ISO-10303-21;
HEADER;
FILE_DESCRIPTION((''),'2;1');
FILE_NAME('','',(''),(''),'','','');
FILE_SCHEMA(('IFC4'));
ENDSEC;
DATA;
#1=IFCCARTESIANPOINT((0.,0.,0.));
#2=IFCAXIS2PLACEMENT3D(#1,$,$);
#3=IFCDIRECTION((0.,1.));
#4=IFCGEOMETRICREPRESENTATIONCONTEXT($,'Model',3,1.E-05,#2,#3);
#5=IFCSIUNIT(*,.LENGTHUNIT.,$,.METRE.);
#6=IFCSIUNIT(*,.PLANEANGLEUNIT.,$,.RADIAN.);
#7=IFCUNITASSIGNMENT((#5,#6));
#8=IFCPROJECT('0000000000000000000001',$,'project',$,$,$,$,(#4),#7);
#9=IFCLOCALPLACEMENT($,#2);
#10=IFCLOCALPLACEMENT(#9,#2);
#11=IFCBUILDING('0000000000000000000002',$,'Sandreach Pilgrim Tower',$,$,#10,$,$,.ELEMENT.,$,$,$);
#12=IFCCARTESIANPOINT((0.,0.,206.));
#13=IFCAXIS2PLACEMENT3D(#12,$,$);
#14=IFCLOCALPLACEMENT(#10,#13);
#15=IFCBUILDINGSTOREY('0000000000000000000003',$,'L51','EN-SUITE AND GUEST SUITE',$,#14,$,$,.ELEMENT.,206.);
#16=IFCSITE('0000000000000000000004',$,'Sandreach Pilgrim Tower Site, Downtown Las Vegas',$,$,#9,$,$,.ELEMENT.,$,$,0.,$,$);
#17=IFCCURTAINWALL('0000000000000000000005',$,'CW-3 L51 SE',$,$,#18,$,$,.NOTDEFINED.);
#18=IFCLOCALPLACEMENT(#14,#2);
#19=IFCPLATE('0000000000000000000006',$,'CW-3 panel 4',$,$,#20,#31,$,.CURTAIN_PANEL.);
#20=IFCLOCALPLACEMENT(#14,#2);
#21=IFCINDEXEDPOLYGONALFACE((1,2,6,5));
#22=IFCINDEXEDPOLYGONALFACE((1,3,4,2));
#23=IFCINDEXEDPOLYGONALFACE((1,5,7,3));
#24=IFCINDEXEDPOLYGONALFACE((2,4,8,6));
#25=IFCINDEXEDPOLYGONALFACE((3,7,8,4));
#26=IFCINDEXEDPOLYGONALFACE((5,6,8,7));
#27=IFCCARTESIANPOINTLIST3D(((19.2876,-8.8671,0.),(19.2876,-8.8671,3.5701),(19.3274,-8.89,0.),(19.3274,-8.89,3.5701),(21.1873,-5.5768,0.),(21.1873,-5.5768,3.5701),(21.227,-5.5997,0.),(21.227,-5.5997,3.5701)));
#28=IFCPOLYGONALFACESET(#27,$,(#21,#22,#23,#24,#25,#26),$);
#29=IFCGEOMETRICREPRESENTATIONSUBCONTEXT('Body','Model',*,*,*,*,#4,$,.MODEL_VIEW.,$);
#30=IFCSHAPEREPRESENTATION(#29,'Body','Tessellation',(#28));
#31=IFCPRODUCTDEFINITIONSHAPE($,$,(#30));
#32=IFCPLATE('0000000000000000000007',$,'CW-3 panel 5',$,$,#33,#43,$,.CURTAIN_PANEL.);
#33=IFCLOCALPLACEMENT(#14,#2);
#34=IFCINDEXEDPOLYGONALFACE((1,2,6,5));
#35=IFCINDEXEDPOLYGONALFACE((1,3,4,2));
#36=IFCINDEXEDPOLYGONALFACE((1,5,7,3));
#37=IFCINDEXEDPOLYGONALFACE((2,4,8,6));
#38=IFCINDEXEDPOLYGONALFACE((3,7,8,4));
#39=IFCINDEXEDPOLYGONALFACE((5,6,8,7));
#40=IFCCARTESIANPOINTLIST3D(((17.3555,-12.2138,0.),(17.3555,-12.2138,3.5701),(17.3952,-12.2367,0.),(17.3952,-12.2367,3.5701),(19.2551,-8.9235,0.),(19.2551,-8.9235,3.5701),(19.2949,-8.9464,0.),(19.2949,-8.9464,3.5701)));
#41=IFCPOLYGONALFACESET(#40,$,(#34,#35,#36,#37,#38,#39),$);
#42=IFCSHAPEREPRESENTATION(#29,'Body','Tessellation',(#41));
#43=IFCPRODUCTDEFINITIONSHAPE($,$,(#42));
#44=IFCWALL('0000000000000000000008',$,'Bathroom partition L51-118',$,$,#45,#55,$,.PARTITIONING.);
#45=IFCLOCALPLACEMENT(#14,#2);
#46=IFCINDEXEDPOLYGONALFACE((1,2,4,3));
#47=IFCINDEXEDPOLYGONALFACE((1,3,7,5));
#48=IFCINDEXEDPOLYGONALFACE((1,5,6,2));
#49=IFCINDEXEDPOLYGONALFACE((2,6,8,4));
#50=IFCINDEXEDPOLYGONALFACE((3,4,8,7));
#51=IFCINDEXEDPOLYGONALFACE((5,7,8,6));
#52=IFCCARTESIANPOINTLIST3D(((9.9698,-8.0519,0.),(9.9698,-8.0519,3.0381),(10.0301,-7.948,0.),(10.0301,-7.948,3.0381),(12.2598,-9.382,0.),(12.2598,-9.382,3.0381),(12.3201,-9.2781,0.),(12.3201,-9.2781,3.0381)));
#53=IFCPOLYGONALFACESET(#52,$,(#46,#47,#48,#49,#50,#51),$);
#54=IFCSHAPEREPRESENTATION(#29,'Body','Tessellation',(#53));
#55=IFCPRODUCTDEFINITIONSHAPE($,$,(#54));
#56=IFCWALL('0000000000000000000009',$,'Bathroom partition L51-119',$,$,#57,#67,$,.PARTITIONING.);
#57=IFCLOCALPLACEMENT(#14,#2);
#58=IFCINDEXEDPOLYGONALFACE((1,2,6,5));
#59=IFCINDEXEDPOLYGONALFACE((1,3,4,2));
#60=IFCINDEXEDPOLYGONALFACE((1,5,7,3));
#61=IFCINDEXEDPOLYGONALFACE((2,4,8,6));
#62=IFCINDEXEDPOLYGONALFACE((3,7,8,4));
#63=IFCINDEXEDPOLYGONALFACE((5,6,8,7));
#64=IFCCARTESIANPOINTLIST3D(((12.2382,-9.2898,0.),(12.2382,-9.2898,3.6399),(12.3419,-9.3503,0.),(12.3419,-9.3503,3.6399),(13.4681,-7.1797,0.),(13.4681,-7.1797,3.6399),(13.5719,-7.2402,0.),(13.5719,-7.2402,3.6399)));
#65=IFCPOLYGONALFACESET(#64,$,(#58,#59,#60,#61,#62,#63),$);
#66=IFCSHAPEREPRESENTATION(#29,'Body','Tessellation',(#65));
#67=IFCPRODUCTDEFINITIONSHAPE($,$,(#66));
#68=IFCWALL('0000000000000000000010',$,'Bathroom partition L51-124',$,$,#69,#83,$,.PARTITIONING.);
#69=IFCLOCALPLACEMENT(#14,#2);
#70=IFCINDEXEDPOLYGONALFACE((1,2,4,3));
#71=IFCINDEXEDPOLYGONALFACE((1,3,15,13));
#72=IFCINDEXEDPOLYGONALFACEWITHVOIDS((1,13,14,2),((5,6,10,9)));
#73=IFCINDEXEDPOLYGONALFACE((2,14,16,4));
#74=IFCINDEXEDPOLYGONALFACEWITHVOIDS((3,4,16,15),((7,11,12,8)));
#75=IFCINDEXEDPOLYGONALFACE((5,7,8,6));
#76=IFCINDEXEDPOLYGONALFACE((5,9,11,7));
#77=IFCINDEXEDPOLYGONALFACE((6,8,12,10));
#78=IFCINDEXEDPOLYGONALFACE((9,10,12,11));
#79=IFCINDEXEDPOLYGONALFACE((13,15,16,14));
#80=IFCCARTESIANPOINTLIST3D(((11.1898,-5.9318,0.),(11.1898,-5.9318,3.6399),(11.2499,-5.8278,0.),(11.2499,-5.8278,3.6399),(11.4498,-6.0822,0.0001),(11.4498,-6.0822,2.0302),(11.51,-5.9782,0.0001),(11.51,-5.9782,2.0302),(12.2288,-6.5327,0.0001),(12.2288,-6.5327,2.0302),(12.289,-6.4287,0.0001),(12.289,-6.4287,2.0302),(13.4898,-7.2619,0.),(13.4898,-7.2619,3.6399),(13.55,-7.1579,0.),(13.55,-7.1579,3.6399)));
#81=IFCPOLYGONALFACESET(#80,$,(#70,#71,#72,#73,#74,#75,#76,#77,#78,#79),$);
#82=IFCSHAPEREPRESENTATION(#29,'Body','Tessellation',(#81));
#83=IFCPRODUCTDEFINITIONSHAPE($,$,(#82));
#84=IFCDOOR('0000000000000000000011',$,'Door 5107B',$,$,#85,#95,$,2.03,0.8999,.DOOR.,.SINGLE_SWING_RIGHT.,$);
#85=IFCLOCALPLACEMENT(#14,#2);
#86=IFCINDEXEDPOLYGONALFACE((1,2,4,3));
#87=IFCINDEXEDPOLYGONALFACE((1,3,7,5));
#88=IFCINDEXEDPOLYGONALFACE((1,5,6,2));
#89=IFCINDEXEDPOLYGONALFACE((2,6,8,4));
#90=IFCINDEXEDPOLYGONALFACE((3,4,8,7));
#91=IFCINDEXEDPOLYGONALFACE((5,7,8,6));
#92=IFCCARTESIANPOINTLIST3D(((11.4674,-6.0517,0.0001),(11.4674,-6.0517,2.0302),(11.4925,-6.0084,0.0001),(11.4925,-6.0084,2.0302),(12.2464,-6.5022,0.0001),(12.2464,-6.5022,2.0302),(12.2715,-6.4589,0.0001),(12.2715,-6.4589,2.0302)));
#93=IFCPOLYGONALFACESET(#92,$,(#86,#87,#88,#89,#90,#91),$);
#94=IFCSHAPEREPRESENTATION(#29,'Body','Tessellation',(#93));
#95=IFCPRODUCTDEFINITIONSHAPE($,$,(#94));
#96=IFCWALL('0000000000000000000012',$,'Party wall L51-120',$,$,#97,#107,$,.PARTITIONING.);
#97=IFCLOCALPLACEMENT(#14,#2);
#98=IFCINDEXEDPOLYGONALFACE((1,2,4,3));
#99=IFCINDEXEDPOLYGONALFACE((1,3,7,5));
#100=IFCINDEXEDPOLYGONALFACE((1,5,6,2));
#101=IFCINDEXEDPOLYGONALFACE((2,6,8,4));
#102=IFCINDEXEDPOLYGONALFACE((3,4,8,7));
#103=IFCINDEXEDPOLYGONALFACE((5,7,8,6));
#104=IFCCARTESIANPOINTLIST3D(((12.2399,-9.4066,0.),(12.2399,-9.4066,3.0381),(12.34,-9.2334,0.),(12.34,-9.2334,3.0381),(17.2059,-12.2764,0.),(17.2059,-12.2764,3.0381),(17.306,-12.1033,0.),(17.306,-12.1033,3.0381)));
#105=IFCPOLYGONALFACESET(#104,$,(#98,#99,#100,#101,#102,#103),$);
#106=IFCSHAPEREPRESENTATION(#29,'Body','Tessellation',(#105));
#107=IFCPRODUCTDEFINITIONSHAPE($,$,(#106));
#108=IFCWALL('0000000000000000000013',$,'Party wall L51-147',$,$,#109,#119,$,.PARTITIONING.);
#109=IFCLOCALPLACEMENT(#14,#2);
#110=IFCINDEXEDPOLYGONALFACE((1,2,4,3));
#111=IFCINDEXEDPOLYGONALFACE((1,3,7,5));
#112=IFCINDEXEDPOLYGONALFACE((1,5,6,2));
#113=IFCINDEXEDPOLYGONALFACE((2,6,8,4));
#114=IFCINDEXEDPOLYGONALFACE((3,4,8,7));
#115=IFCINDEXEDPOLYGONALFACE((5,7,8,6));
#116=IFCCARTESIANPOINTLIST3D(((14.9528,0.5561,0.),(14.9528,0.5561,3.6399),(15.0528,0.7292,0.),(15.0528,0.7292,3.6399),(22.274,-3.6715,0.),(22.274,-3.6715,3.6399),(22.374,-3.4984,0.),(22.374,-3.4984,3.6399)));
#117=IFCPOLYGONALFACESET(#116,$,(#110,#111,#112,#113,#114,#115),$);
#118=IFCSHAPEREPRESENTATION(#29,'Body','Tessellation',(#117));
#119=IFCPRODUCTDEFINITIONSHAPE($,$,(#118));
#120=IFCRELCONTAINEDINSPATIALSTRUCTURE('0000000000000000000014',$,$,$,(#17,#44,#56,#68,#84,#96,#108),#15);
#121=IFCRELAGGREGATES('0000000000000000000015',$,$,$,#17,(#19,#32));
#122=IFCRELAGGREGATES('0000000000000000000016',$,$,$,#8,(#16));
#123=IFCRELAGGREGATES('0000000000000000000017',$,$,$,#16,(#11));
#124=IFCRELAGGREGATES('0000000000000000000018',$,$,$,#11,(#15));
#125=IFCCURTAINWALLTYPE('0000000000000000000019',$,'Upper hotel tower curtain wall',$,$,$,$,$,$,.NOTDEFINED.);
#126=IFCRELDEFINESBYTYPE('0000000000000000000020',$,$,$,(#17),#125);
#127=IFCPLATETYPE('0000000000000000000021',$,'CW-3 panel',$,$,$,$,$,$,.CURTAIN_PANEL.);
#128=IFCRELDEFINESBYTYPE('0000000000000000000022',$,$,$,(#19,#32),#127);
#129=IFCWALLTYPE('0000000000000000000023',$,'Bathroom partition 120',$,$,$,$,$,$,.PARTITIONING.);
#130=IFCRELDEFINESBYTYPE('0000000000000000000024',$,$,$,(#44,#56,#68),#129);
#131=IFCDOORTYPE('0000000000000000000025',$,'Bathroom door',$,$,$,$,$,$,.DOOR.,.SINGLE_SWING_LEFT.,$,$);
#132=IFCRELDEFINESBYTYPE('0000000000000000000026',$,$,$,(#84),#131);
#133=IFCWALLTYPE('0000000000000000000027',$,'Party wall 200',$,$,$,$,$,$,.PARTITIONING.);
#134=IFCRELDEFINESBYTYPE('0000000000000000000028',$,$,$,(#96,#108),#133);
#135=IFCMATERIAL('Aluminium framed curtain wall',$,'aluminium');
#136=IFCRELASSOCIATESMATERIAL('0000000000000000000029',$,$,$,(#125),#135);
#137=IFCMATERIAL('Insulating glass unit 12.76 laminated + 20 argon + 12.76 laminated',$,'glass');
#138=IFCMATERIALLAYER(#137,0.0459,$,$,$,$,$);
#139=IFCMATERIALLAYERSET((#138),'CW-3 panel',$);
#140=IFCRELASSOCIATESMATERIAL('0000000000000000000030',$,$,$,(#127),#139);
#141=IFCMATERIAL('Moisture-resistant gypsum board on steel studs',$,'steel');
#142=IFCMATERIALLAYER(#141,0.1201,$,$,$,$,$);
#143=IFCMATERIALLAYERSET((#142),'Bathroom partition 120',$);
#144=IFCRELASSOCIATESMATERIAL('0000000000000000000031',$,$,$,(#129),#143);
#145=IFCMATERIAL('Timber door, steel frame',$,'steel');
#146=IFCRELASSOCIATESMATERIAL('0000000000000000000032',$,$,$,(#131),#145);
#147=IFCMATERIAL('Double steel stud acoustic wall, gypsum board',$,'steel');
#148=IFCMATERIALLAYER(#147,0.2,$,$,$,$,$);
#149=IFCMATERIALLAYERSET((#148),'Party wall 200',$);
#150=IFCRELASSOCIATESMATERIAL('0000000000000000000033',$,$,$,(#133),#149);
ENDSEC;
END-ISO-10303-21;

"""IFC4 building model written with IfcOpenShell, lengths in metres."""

from ifc_helpers import new_model, si_unit, direction, frame, frame_2d, origin, origin_2d, place, context, subcontext, project, spatial, rectangle, extrude, material, layer, layer_set, type_object, element, fill, aggregate, save


model = new_model("IFC4")

# Units and contexts
model_context = context("Model", 3, precision=1e-05, world=origin(), true_north=direction((0.0, 1.0)))
body_context = subcontext(model_context, "Body", "Model", "MODEL_VIEW")
ifc_project = project(units=[si_unit("LENGTHUNIT", "METRE"), si_unit("PLANEANGLEUNIT", "RADIAN")], contexts=[model_context])

# Site, building, storey
site_placement = place(None, origin())
site = spatial("IfcSite", under=ifc_project, at=site_placement, Name="Sandreach Pilgrim Tower Site, Downtown Las Vegas", CompositionType="ELEMENT", RefElevation=0.0)
building_placement = place(site_placement, origin())
building = spatial("IfcBuilding", under=site, at=building_placement, Name="Sandreach Pilgrim Tower", CompositionType="ELEMENT")
storey_placement = place(building_placement, frame((0.0, 0.0, 206.0)))
storey = spatial("IfcBuildingStorey", under=building, at=storey_placement, Name="L51", Description="EN-SUITE AND GUEST SUITE", CompositionType="ELEMENT", Elevation=206.0)

# Curtain wall
ifc_material_1 = material(Name="Aluminium framed curtain wall", Category="aluminium")
curtain_wall_type = type_object("IfcCurtainWallType", Name="Upper hotel tower curtain wall", PredefinedType="NOTDEFINED", material=ifc_material_1)
curtain_wall_placement = place(storey_placement, origin())
curtain_wall = element("IfcCurtainWall", 1, at=curtain_wall_placement, inside=storey, type_object=curtain_wall_type, Name="CW-3 L51 SE", PredefinedType="NOTDEFINED")

# Plates
ifc_material_2 = material(Name="Insulating glass unit 12.76 laminated + 20 argon + 12.76 laminated", Category="glass")
ifc_layer_1 = layer(ifc_material_2, 0.0459)
ifc_layer_set_1 = layer_set([ifc_layer_1], Name="CW-3 panel")
plate_type = type_object("IfcPlateType", Name="CW-3 panel", PredefinedType="CURTAIN_PANEL", material=ifc_layer_set_1)
plate_1_placement = place(storey_placement, frame((20.2573, -7.2334, 0.0), z_axis=(0.0, 0.0, 1.0), x_axis=(-0.5, -0.866025, 0.0)))
plate_1 = element("IfcPlate", 2, at=plate_1_placement, type_object=plate_type, Name="CW-3 panel 4", PredefinedType="CURTAIN_PANEL", context=body_context, shape_type="SweptSolid", body=[
    extrude(rectangle(XDim=3.7993, YDim=0.0459, at=origin_2d()), origin(), (0.0, 0.0, 1.0), 3.5701),
])
plate_2_placement = place(storey_placement, frame((18.3252, -10.5801, 0.0), z_axis=(0.0, 0.0, 1.0), x_axis=(-0.5, -0.866025, 0.0)))
plate_2 = element("IfcPlate", 3, at=plate_2_placement, type_object=plate_type, Name="CW-3 panel 5", PredefinedType="CURTAIN_PANEL", context=body_context, shape_type="SweptSolid", body=[
    extrude(rectangle(XDim=3.7993, YDim=0.0459, at=origin_2d()), origin(), (0.0, 0.0, 1.0), 3.5701),
])
aggregate(curtain_wall, [plate_1, plate_2])

# Walls
ifc_material_3 = material(Name="Moisture-resistant gypsum board on steel studs", Category="steel")
ifc_layer_2 = layer(ifc_material_3, 0.1201)
ifc_layer_set_2 = layer_set([ifc_layer_2], Name="Bathroom partition 120")
wall_type_1 = type_object("IfcWallType", Name="Bathroom partition 120", PredefinedType="PARTITIONING", material=ifc_layer_set_2)
wall_1_placement = place(storey_placement, frame((12.29, -9.3301, 0.0), z_axis=(0.0, 0.0, 1.0), x_axis=(-0.864727, 0.502242, 0.0)))
element("IfcWall", 4, at=wall_1_placement, inside=storey, type_object=wall_type_1, Name="Bathroom partition L51-118", PredefinedType="PARTITIONING", context=body_context, shape_type="SweptSolid", body=[
    extrude(rectangle(XDim=2.6482, YDim=0.1201, at=frame_2d((1.3242, 0.0))), origin(), (0.0, 0.0, 1.0), 3.0381),
])
wall_2_placement = place(storey_placement, frame((12.29, -9.3201, 0.0), z_axis=(0.0, 0.0, 1.0), x_axis=(0.503591, 0.863942, 0.0)))
element("IfcWall", 5, at=wall_2_placement, inside=storey, type_object=wall_type_1, Name="Bathroom partition L51-119", PredefinedType="PARTITIONING", context=body_context, shape_type="SweptSolid", body=[
    extrude(rectangle(XDim=2.4424, YDim=0.1201, at=frame_2d((1.2212, 0.0))), origin(), (0.0, 0.0, 1.0), 3.6399),
])

# Wall, opening, door
wall_3_placement = place(storey_placement, frame((13.52, -7.21, 0.0), z_axis=(0.0, 0.0, 1.0), x_axis=(-0.865676, 0.500605, 0.0)))
wall_3 = element("IfcWall", 6, at=wall_3_placement, inside=storey, type_object=wall_type_1, Name="Bathroom partition L51-124", PredefinedType="PARTITIONING", context=body_context, shape_type="SweptSolid", body=[
    extrude(rectangle(XDim=2.657, YDim=0.1201, at=frame_2d((1.3286, 0.0))), origin(), (0.0, 0.0, 1.0), 3.6399),
])
opening_1_placement = place(wall_3_placement, frame((1.4568, 0.0, 0.0)))
opening_1 = element("IfcOpeningElement", 7, at=opening_1_placement, cuts=wall_3, PredefinedType="OPENING", context=body_context, shape_type="SweptSolid", body=[
    extrude(rectangle(XDim=0.8999, YDim=2.03, at=frame_2d((0.45, 1.0151))), frame((0.0, 0.0601, 0.0), z_axis=(0.0, -1.0, 0.0), x_axis=(1.0, 0.0, 0.0)), (0.0, 0.0, 1.0), 0.1201),
])
ifc_material_4 = material(Name="Timber door, steel frame", Category="steel")
door_type_1 = type_object("IfcDoorType", Name="Bathroom door", OperationType="SINGLE_SWING_LEFT", PredefinedType="DOOR", material=ifc_material_4)
door_1_placement = place(opening_1_placement, origin())
door_1 = element("IfcDoor", 8, at=door_1_placement, inside=storey, type_object=door_type_1, Name="Door 5107B", OperationType="SINGLE_SWING_RIGHT", OverallHeight=2.03, OverallWidth=0.8999, PredefinedType="DOOR", context=body_context, shape_type="SweptSolid", body=[
    extrude(rectangle(XDim=0.8999, YDim=2.03, at=frame_2d((0.45, 1.0151))), frame((0.0, 0.0249, 0.0), z_axis=(0.0, -1.0, 0.0), x_axis=(1.0, 0.0, 0.0)), (0.0, 0.0, 1.0), 0.05),
])
fill(opening_1, door_1)

# Walls
ifc_material_5 = material(Name="Double steel stud acoustic wall, gypsum board", Category="steel")
ifc_layer_3 = layer(ifc_material_5, 0.2)
ifc_layer_set_3 = layer_set([ifc_layer_3], Name="Party wall 200")
wall_type_2 = type_object("IfcWallType", Name="Party wall 200", PredefinedType="PARTITIONING", material=ifc_layer_set_3)
wall_4_placement = place(storey_placement, frame((12.29, -9.3201, 0.0), z_axis=(0.0, 0.0, 1.0), x_axis=(0.86582, -0.500355, 0.0)))
element("IfcWall", 9, at=wall_4_placement, inside=storey, type_object=wall_type_2, Name="Party wall L51-120", PredefinedType="PARTITIONING", context=body_context, shape_type="SweptSolid", body=[
    extrude(rectangle(XDim=5.7356, YDim=0.2, at=frame_2d((2.8677, 0.0))), origin(), (0.0, 0.0, 1.0), 3.0381),
])
wall_5_placement = place(storey_placement, frame((22.324, -3.585, 0.0), z_axis=(0.0, 0.0, 1.0), x_axis=(-0.865988, 0.500065, 0.0)))
element("IfcWall", 10, at=wall_5_placement, inside=storey, type_object=wall_type_2, Name="Party wall L51-147", PredefinedType="PARTITIONING", context=body_context, shape_type="SweptSolid", body=[
    extrude(rectangle(XDim=8.4541, YDim=0.2, at=frame_2d((4.2271, 0.0))), origin(), (0.0, 0.0, 1.0), 3.6399),
])

save(model, "model.ifc")
